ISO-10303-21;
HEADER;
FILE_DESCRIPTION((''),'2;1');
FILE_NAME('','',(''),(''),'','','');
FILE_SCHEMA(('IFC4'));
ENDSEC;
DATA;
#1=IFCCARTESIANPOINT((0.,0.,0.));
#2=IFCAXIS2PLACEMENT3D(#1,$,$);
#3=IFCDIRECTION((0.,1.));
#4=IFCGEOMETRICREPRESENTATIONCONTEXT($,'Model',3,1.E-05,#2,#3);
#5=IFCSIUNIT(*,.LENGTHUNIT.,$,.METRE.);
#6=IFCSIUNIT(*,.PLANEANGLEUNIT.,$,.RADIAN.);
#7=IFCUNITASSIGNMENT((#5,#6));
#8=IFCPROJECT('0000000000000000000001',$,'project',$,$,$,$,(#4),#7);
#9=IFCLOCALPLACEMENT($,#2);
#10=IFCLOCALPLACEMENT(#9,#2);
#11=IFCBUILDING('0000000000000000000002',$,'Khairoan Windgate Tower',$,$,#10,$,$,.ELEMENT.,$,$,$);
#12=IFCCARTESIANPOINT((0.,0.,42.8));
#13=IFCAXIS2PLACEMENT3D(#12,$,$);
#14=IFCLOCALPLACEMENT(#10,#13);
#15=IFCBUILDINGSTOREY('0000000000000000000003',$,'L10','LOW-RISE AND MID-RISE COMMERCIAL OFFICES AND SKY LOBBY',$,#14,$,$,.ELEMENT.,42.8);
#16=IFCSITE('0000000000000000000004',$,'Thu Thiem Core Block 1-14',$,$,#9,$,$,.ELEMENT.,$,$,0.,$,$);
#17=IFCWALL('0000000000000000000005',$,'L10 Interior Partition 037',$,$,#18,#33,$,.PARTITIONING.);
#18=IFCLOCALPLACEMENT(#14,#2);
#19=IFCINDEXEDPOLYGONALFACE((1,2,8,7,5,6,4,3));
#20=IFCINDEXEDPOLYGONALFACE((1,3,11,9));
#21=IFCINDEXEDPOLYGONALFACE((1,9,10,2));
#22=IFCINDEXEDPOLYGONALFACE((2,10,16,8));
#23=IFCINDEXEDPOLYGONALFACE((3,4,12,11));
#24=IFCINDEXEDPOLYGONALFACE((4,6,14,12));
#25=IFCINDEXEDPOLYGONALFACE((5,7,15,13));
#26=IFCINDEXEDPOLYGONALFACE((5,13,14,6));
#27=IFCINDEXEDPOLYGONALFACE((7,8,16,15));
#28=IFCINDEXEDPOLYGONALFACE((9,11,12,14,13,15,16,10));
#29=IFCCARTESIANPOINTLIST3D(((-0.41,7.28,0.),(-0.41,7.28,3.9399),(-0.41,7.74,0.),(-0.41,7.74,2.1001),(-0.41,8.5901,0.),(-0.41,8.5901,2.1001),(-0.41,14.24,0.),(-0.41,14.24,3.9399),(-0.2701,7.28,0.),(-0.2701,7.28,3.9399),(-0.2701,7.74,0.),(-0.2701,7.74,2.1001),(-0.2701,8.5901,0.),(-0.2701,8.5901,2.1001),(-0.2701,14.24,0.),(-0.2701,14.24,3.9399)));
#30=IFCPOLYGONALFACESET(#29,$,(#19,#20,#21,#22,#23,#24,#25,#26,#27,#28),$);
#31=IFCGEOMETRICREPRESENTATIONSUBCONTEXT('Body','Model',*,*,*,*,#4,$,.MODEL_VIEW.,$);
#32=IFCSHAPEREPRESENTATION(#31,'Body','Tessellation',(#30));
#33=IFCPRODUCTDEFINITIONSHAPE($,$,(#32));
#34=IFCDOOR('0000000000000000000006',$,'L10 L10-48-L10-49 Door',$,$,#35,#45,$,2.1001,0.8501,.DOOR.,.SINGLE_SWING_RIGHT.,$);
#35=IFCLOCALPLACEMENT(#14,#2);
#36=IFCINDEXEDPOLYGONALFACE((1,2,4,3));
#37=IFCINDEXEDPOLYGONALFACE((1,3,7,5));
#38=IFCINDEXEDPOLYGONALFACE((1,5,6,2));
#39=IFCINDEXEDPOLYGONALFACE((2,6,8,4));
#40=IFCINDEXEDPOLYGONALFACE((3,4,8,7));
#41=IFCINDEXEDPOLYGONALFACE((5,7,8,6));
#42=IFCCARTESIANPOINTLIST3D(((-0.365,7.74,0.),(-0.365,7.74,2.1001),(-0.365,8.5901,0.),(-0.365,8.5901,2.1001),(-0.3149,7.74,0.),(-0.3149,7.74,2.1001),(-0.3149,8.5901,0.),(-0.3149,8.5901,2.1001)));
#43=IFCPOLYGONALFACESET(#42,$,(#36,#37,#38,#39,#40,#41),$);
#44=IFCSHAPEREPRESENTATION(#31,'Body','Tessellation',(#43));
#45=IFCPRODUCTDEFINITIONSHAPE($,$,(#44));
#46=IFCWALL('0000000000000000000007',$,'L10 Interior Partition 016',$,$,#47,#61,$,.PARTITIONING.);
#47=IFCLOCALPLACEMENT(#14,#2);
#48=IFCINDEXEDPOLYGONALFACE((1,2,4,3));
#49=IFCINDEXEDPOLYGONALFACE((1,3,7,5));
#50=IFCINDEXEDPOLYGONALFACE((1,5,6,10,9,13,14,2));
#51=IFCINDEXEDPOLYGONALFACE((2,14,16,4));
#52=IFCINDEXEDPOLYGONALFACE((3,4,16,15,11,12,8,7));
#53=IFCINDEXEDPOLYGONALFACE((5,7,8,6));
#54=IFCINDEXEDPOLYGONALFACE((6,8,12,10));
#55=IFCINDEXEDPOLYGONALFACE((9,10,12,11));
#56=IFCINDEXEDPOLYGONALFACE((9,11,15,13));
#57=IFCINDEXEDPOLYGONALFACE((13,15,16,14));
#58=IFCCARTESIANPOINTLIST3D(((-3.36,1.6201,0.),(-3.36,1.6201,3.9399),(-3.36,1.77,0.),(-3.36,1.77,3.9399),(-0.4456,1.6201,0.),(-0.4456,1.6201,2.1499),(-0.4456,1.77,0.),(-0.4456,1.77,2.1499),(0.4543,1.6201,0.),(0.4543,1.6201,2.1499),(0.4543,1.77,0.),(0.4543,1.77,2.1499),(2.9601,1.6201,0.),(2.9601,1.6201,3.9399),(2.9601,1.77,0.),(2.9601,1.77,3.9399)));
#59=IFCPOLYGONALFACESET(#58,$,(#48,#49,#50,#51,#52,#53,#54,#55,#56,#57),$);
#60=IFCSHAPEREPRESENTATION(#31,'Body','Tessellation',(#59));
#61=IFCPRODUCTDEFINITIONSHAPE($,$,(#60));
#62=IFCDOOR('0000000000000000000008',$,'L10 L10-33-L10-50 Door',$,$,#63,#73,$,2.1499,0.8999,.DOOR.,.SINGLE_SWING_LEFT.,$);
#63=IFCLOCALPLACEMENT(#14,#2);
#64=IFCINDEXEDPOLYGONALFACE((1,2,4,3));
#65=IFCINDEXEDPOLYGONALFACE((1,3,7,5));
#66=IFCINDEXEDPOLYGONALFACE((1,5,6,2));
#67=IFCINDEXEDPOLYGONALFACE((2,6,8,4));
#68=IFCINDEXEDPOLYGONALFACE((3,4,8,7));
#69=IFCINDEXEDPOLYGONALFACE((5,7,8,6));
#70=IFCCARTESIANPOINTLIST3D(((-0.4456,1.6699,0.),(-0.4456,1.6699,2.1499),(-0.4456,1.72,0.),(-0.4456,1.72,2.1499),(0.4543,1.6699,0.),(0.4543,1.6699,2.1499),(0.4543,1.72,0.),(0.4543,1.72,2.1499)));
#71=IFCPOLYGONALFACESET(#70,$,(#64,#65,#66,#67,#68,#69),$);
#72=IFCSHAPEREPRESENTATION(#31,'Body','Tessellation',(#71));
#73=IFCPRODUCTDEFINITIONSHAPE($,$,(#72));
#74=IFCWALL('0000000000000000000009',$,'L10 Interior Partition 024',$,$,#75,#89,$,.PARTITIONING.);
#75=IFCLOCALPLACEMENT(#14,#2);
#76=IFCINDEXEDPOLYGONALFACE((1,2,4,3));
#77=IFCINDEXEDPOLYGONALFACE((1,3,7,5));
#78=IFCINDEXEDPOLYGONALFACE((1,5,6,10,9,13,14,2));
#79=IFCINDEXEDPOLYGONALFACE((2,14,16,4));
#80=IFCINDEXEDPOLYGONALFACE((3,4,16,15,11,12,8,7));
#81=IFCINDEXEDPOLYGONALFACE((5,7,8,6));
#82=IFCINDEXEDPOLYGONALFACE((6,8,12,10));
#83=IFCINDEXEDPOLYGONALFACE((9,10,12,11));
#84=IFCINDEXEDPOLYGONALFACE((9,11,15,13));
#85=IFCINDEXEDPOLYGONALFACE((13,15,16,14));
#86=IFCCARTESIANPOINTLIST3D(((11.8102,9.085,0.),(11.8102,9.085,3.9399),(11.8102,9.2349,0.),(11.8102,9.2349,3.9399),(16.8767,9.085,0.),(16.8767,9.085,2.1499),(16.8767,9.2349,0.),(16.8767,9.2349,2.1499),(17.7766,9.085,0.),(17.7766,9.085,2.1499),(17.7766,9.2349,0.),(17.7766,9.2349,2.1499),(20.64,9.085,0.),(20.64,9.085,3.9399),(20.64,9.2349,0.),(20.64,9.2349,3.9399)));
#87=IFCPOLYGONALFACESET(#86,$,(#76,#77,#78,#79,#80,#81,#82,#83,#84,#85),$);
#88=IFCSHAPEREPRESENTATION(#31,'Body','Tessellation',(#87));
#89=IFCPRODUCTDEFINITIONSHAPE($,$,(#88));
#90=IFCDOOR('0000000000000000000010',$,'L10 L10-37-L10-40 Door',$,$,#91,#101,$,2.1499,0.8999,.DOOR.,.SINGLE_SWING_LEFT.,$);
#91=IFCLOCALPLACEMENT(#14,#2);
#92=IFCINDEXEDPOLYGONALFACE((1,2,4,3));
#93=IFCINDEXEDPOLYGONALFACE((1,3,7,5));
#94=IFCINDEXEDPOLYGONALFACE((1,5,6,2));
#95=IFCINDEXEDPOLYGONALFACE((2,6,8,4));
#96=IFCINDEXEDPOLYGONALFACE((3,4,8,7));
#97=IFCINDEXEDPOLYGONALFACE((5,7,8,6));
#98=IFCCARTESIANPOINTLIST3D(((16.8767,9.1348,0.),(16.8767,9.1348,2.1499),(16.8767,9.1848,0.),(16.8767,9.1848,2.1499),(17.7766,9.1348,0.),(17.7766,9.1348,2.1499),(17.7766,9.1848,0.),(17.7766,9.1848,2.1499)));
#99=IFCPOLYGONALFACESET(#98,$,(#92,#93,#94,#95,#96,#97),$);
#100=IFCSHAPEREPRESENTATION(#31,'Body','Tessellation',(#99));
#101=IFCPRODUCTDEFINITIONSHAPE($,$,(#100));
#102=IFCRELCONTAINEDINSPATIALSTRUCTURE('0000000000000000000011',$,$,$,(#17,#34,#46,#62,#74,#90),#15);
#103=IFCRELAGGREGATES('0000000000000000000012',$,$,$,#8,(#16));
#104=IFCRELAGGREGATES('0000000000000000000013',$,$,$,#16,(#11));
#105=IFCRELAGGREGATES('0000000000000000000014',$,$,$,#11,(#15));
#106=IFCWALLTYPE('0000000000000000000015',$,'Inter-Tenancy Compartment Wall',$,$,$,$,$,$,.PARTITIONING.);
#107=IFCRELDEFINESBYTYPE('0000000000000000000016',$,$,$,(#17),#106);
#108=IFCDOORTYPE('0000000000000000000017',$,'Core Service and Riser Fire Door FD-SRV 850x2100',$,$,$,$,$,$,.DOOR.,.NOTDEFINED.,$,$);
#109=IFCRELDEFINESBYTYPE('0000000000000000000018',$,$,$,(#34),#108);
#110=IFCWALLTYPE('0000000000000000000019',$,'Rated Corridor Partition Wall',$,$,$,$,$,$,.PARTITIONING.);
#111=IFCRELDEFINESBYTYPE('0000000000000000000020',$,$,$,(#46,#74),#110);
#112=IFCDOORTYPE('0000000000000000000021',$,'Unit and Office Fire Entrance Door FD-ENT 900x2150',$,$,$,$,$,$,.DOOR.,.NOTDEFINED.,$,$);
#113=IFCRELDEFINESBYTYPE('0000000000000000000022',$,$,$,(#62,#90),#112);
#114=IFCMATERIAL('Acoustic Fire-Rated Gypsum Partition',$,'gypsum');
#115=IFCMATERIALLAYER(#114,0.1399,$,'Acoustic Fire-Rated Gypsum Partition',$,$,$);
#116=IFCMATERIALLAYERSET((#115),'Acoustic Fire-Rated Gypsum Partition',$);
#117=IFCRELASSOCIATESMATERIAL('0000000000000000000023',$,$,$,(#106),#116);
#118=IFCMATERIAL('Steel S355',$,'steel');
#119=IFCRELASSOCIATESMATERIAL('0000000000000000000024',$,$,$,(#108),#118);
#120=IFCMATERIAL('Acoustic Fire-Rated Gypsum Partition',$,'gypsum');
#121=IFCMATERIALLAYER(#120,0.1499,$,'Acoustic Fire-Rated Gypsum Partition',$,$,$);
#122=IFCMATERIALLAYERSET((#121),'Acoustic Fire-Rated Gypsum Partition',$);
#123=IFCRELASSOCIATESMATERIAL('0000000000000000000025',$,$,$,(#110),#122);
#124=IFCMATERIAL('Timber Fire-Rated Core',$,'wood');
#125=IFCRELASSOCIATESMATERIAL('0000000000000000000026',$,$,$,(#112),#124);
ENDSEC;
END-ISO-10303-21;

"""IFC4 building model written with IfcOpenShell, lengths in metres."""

from ifc_helpers import new_model, si_unit, direction, frame, frame_2d, origin, place, context, subcontext, project, spatial, rectangle, extrude, material, layer, layer_set, type_object, element, fill, save


model = new_model("IFC4")

# Units and contexts
model_context = context("Model", 3, precision=1e-05, world=origin(), true_north=direction((0.0, 1.0)))
body_context = subcontext(model_context, "Body", "Model", "MODEL_VIEW")
ifc_project = project(units=[si_unit("LENGTHUNIT", "METRE"), si_unit("PLANEANGLEUNIT", "RADIAN")], contexts=[model_context])

# Site, building, storey
site_placement = place(None, origin())
site = spatial("IfcSite", under=ifc_project, at=site_placement, Name="Thu Thiem Core Block 1-14", CompositionType="ELEMENT", RefElevation=0.0)
building_placement = place(site_placement, origin())
building = spatial("IfcBuilding", under=site, at=building_placement, Name="Khairoan Windgate Tower", CompositionType="ELEMENT")
storey_placement = place(building_placement, frame((0.0, 0.0, 42.8)))
storey = spatial("IfcBuildingStorey", under=building, at=storey_placement, Name="L10", Description="LOW-RISE AND MID-RISE COMMERCIAL OFFICES AND SKY LOBBY", CompositionType="ELEMENT", Elevation=42.8)

# Shared definitions
ifc_material_1 = material(Name="Acoustic Fire-Rated Gypsum Partition", Category="gypsum")
ifc_layer_1 = layer(ifc_material_1, 0.1399, Name="Acoustic Fire-Rated Gypsum Partition")
ifc_layer_set_1 = layer_set([ifc_layer_1], Name="Acoustic Fire-Rated Gypsum Partition")
wall_type_1 = type_object("IfcWallType", Name="Inter-Tenancy Compartment Wall", PredefinedType="PARTITIONING", material=ifc_layer_set_1)

# Walls, openings, doors
wall_1_placement = place(storey_placement, frame((-0.3401, 7.28, 0.0), z_axis=(0.0, 0.0, 1.0), x_axis=(0.0, 1.0, 0.0)))
wall_1 = element("IfcWall", 1, at=wall_1_placement, inside=storey, type_object=wall_type_1, Name="L10 Interior Partition 037", PredefinedType="PARTITIONING", context=body_context, shape_type="SweptSolid", body=[
    extrude(rectangle(XDim=6.96, YDim=0.1399, at=frame_2d((3.48, 0.0))), origin(), (0.0, 0.0, 1.0), 3.9399),
])
opening_1_placement = place(wall_1_placement, frame((0.46, 0.0, 0.0)))
opening_1 = element("IfcOpeningElement", 2, at=opening_1_placement, cuts=wall_1, PredefinedType="OPENING", context=body_context, shape_type="SweptSolid", body=[
    extrude(rectangle(XDim=0.8501, YDim=2.1001, at=frame_2d((0.425, 1.05))), frame((0.0, 0.0798, 0.0), z_axis=(0.0, -1.0, 0.0), x_axis=(1.0, 0.0, 0.0)), (0.0, 0.0, 1.0), 0.1599),
])
ifc_material_2 = material(Name="Steel S355", Category="steel")
door_type_1 = type_object("IfcDoorType", Name="Core Service and Riser Fire Door FD-SRV 850x2100", OperationType="NOTDEFINED", PredefinedType="DOOR", material=ifc_material_2)
door_1_placement = place(opening_1_placement, origin())
door_1 = element("IfcDoor", 3, at=door_1_placement, inside=storey, type_object=door_type_1, Name="L10 L10-48-L10-49 Door", OperationType="SINGLE_SWING_RIGHT", OverallHeight=2.1001, OverallWidth=0.8501, PredefinedType="DOOR", context=body_context, shape_type="SweptSolid", body=[
    extrude(rectangle(XDim=0.8501, YDim=2.1001, at=frame_2d((0.425, 1.05))), frame((0.0, 0.0249, 0.0), z_axis=(0.0, -1.0, 0.0), x_axis=(1.0, 0.0, 0.0)), (0.0, 0.0, 1.0), 0.05),
])
fill(opening_1, door_1)
ifc_material_3 = material(Name="Acoustic Fire-Rated Gypsum Partition", Category="gypsum")
ifc_layer_2 = layer(ifc_material_3, 0.1499, Name="Acoustic Fire-Rated Gypsum Partition")
ifc_layer_set_2 = layer_set([ifc_layer_2], Name="Acoustic Fire-Rated Gypsum Partition")
wall_type_2 = type_object("IfcWallType", Name="Rated Corridor Partition Wall", PredefinedType="PARTITIONING", material=ifc_layer_set_2)
ifc_material_4 = material(Name="Timber Fire-Rated Core", Category="wood")
door_type_2 = type_object("IfcDoorType", Name="Unit and Office Fire Entrance Door FD-ENT 900x2150", OperationType="NOTDEFINED", PredefinedType="DOOR", material=ifc_material_4)
wall_2_placement = place(storey_placement, frame((-3.3601, 1.6951, 0.0), z_axis=(0.0, 0.0, 1.0), x_axis=(1.0, 0.0, 0.0)))
wall_2 = element("IfcWall", 4, at=wall_2_placement, inside=storey, type_object=wall_type_2, Name="L10 Interior Partition 016", PredefinedType="PARTITIONING", context=body_context, shape_type="SweptSolid", body=[
    extrude(rectangle(XDim=6.3201, YDim=0.1499, at=frame_2d((3.1602, 0.0))), origin(), (0.0, 0.0, 1.0), 3.9399),
])
opening_2_placement = place(wall_2_placement, frame((2.9146, 0.0, 0.0)))
opening_2 = element("IfcOpeningElement", 5, at=opening_2_placement, cuts=wall_2, PredefinedType="OPENING", context=body_context, shape_type="SweptSolid", body=[
    extrude(rectangle(XDim=0.8999, YDim=2.1499, at=frame_2d((0.45, 1.075))), frame((0.0, 0.085, 0.0), z_axis=(0.0, -1.0, 0.0), x_axis=(1.0, 0.0, 0.0)), (0.0, 0.0, 1.0), 0.1699),
])
door_2_placement = place(opening_2_placement, origin())
door_2 = element("IfcDoor", 6, at=door_2_placement, inside=storey, type_object=door_type_2, Name="L10 L10-33-L10-50 Door", OperationType="SINGLE_SWING_LEFT", OverallHeight=2.1499, OverallWidth=0.8999, PredefinedType="DOOR", context=body_context, shape_type="SweptSolid", body=[
    extrude(rectangle(XDim=0.8999, YDim=2.1499, at=frame_2d((0.45, 1.075))), frame((0.0, 0.0249, 0.0), z_axis=(0.0, -1.0, 0.0), x_axis=(1.0, 0.0, 0.0)), (0.0, 0.0, 1.0), 0.05),
])
fill(opening_2, door_2)
wall_3_placement = place(storey_placement, frame((11.8101, 9.1599, 0.0), z_axis=(0.0, 0.0, 1.0), x_axis=(1.0, 0.0, 0.0)))
wall_3 = element("IfcWall", 7, at=wall_3_placement, inside=storey, type_object=wall_type_2, Name="L10 Interior Partition 024", PredefinedType="PARTITIONING", context=body_context, shape_type="SweptSolid", body=[
    extrude(rectangle(XDim=8.8298, YDim=0.1499, at=frame_2d((4.415, 0.0))), origin(), (0.0, 0.0, 1.0), 3.9399),
])
opening_3_placement = place(wall_3_placement, frame((5.0667, 0.0, 0.0)))
opening_3 = element("IfcOpeningElement", 8, at=opening_3_placement, cuts=wall_3, PredefinedType="OPENING", context=body_context, shape_type="SweptSolid", body=[
    extrude(rectangle(XDim=0.8999, YDim=2.1499, at=frame_2d((0.45, 1.075))), frame((0.0, 0.085, 0.0), z_axis=(0.0, -1.0, 0.0), x_axis=(1.0, 0.0, 0.0)), (0.0, 0.0, 1.0), 0.1699),
])
door_3_placement = place(opening_3_placement, origin())
door_3 = element("IfcDoor", 9, at=door_3_placement, inside=storey, type_object=door_type_2, Name="L10 L10-37-L10-40 Door", OperationType="SINGLE_SWING_LEFT", OverallHeight=2.1499, OverallWidth=0.8999, PredefinedType="DOOR", context=body_context, shape_type="SweptSolid", body=[
    extrude(rectangle(XDim=0.8999, YDim=2.1499, at=frame_2d((0.45, 1.075))), frame((0.0, 0.0249, 0.0), z_axis=(0.0, -1.0, 0.0), x_axis=(1.0, 0.0, 0.0)), (0.0, 0.0, 1.0), 0.05),
])
fill(opening_3, door_3)

save(model, "model.ifc")
